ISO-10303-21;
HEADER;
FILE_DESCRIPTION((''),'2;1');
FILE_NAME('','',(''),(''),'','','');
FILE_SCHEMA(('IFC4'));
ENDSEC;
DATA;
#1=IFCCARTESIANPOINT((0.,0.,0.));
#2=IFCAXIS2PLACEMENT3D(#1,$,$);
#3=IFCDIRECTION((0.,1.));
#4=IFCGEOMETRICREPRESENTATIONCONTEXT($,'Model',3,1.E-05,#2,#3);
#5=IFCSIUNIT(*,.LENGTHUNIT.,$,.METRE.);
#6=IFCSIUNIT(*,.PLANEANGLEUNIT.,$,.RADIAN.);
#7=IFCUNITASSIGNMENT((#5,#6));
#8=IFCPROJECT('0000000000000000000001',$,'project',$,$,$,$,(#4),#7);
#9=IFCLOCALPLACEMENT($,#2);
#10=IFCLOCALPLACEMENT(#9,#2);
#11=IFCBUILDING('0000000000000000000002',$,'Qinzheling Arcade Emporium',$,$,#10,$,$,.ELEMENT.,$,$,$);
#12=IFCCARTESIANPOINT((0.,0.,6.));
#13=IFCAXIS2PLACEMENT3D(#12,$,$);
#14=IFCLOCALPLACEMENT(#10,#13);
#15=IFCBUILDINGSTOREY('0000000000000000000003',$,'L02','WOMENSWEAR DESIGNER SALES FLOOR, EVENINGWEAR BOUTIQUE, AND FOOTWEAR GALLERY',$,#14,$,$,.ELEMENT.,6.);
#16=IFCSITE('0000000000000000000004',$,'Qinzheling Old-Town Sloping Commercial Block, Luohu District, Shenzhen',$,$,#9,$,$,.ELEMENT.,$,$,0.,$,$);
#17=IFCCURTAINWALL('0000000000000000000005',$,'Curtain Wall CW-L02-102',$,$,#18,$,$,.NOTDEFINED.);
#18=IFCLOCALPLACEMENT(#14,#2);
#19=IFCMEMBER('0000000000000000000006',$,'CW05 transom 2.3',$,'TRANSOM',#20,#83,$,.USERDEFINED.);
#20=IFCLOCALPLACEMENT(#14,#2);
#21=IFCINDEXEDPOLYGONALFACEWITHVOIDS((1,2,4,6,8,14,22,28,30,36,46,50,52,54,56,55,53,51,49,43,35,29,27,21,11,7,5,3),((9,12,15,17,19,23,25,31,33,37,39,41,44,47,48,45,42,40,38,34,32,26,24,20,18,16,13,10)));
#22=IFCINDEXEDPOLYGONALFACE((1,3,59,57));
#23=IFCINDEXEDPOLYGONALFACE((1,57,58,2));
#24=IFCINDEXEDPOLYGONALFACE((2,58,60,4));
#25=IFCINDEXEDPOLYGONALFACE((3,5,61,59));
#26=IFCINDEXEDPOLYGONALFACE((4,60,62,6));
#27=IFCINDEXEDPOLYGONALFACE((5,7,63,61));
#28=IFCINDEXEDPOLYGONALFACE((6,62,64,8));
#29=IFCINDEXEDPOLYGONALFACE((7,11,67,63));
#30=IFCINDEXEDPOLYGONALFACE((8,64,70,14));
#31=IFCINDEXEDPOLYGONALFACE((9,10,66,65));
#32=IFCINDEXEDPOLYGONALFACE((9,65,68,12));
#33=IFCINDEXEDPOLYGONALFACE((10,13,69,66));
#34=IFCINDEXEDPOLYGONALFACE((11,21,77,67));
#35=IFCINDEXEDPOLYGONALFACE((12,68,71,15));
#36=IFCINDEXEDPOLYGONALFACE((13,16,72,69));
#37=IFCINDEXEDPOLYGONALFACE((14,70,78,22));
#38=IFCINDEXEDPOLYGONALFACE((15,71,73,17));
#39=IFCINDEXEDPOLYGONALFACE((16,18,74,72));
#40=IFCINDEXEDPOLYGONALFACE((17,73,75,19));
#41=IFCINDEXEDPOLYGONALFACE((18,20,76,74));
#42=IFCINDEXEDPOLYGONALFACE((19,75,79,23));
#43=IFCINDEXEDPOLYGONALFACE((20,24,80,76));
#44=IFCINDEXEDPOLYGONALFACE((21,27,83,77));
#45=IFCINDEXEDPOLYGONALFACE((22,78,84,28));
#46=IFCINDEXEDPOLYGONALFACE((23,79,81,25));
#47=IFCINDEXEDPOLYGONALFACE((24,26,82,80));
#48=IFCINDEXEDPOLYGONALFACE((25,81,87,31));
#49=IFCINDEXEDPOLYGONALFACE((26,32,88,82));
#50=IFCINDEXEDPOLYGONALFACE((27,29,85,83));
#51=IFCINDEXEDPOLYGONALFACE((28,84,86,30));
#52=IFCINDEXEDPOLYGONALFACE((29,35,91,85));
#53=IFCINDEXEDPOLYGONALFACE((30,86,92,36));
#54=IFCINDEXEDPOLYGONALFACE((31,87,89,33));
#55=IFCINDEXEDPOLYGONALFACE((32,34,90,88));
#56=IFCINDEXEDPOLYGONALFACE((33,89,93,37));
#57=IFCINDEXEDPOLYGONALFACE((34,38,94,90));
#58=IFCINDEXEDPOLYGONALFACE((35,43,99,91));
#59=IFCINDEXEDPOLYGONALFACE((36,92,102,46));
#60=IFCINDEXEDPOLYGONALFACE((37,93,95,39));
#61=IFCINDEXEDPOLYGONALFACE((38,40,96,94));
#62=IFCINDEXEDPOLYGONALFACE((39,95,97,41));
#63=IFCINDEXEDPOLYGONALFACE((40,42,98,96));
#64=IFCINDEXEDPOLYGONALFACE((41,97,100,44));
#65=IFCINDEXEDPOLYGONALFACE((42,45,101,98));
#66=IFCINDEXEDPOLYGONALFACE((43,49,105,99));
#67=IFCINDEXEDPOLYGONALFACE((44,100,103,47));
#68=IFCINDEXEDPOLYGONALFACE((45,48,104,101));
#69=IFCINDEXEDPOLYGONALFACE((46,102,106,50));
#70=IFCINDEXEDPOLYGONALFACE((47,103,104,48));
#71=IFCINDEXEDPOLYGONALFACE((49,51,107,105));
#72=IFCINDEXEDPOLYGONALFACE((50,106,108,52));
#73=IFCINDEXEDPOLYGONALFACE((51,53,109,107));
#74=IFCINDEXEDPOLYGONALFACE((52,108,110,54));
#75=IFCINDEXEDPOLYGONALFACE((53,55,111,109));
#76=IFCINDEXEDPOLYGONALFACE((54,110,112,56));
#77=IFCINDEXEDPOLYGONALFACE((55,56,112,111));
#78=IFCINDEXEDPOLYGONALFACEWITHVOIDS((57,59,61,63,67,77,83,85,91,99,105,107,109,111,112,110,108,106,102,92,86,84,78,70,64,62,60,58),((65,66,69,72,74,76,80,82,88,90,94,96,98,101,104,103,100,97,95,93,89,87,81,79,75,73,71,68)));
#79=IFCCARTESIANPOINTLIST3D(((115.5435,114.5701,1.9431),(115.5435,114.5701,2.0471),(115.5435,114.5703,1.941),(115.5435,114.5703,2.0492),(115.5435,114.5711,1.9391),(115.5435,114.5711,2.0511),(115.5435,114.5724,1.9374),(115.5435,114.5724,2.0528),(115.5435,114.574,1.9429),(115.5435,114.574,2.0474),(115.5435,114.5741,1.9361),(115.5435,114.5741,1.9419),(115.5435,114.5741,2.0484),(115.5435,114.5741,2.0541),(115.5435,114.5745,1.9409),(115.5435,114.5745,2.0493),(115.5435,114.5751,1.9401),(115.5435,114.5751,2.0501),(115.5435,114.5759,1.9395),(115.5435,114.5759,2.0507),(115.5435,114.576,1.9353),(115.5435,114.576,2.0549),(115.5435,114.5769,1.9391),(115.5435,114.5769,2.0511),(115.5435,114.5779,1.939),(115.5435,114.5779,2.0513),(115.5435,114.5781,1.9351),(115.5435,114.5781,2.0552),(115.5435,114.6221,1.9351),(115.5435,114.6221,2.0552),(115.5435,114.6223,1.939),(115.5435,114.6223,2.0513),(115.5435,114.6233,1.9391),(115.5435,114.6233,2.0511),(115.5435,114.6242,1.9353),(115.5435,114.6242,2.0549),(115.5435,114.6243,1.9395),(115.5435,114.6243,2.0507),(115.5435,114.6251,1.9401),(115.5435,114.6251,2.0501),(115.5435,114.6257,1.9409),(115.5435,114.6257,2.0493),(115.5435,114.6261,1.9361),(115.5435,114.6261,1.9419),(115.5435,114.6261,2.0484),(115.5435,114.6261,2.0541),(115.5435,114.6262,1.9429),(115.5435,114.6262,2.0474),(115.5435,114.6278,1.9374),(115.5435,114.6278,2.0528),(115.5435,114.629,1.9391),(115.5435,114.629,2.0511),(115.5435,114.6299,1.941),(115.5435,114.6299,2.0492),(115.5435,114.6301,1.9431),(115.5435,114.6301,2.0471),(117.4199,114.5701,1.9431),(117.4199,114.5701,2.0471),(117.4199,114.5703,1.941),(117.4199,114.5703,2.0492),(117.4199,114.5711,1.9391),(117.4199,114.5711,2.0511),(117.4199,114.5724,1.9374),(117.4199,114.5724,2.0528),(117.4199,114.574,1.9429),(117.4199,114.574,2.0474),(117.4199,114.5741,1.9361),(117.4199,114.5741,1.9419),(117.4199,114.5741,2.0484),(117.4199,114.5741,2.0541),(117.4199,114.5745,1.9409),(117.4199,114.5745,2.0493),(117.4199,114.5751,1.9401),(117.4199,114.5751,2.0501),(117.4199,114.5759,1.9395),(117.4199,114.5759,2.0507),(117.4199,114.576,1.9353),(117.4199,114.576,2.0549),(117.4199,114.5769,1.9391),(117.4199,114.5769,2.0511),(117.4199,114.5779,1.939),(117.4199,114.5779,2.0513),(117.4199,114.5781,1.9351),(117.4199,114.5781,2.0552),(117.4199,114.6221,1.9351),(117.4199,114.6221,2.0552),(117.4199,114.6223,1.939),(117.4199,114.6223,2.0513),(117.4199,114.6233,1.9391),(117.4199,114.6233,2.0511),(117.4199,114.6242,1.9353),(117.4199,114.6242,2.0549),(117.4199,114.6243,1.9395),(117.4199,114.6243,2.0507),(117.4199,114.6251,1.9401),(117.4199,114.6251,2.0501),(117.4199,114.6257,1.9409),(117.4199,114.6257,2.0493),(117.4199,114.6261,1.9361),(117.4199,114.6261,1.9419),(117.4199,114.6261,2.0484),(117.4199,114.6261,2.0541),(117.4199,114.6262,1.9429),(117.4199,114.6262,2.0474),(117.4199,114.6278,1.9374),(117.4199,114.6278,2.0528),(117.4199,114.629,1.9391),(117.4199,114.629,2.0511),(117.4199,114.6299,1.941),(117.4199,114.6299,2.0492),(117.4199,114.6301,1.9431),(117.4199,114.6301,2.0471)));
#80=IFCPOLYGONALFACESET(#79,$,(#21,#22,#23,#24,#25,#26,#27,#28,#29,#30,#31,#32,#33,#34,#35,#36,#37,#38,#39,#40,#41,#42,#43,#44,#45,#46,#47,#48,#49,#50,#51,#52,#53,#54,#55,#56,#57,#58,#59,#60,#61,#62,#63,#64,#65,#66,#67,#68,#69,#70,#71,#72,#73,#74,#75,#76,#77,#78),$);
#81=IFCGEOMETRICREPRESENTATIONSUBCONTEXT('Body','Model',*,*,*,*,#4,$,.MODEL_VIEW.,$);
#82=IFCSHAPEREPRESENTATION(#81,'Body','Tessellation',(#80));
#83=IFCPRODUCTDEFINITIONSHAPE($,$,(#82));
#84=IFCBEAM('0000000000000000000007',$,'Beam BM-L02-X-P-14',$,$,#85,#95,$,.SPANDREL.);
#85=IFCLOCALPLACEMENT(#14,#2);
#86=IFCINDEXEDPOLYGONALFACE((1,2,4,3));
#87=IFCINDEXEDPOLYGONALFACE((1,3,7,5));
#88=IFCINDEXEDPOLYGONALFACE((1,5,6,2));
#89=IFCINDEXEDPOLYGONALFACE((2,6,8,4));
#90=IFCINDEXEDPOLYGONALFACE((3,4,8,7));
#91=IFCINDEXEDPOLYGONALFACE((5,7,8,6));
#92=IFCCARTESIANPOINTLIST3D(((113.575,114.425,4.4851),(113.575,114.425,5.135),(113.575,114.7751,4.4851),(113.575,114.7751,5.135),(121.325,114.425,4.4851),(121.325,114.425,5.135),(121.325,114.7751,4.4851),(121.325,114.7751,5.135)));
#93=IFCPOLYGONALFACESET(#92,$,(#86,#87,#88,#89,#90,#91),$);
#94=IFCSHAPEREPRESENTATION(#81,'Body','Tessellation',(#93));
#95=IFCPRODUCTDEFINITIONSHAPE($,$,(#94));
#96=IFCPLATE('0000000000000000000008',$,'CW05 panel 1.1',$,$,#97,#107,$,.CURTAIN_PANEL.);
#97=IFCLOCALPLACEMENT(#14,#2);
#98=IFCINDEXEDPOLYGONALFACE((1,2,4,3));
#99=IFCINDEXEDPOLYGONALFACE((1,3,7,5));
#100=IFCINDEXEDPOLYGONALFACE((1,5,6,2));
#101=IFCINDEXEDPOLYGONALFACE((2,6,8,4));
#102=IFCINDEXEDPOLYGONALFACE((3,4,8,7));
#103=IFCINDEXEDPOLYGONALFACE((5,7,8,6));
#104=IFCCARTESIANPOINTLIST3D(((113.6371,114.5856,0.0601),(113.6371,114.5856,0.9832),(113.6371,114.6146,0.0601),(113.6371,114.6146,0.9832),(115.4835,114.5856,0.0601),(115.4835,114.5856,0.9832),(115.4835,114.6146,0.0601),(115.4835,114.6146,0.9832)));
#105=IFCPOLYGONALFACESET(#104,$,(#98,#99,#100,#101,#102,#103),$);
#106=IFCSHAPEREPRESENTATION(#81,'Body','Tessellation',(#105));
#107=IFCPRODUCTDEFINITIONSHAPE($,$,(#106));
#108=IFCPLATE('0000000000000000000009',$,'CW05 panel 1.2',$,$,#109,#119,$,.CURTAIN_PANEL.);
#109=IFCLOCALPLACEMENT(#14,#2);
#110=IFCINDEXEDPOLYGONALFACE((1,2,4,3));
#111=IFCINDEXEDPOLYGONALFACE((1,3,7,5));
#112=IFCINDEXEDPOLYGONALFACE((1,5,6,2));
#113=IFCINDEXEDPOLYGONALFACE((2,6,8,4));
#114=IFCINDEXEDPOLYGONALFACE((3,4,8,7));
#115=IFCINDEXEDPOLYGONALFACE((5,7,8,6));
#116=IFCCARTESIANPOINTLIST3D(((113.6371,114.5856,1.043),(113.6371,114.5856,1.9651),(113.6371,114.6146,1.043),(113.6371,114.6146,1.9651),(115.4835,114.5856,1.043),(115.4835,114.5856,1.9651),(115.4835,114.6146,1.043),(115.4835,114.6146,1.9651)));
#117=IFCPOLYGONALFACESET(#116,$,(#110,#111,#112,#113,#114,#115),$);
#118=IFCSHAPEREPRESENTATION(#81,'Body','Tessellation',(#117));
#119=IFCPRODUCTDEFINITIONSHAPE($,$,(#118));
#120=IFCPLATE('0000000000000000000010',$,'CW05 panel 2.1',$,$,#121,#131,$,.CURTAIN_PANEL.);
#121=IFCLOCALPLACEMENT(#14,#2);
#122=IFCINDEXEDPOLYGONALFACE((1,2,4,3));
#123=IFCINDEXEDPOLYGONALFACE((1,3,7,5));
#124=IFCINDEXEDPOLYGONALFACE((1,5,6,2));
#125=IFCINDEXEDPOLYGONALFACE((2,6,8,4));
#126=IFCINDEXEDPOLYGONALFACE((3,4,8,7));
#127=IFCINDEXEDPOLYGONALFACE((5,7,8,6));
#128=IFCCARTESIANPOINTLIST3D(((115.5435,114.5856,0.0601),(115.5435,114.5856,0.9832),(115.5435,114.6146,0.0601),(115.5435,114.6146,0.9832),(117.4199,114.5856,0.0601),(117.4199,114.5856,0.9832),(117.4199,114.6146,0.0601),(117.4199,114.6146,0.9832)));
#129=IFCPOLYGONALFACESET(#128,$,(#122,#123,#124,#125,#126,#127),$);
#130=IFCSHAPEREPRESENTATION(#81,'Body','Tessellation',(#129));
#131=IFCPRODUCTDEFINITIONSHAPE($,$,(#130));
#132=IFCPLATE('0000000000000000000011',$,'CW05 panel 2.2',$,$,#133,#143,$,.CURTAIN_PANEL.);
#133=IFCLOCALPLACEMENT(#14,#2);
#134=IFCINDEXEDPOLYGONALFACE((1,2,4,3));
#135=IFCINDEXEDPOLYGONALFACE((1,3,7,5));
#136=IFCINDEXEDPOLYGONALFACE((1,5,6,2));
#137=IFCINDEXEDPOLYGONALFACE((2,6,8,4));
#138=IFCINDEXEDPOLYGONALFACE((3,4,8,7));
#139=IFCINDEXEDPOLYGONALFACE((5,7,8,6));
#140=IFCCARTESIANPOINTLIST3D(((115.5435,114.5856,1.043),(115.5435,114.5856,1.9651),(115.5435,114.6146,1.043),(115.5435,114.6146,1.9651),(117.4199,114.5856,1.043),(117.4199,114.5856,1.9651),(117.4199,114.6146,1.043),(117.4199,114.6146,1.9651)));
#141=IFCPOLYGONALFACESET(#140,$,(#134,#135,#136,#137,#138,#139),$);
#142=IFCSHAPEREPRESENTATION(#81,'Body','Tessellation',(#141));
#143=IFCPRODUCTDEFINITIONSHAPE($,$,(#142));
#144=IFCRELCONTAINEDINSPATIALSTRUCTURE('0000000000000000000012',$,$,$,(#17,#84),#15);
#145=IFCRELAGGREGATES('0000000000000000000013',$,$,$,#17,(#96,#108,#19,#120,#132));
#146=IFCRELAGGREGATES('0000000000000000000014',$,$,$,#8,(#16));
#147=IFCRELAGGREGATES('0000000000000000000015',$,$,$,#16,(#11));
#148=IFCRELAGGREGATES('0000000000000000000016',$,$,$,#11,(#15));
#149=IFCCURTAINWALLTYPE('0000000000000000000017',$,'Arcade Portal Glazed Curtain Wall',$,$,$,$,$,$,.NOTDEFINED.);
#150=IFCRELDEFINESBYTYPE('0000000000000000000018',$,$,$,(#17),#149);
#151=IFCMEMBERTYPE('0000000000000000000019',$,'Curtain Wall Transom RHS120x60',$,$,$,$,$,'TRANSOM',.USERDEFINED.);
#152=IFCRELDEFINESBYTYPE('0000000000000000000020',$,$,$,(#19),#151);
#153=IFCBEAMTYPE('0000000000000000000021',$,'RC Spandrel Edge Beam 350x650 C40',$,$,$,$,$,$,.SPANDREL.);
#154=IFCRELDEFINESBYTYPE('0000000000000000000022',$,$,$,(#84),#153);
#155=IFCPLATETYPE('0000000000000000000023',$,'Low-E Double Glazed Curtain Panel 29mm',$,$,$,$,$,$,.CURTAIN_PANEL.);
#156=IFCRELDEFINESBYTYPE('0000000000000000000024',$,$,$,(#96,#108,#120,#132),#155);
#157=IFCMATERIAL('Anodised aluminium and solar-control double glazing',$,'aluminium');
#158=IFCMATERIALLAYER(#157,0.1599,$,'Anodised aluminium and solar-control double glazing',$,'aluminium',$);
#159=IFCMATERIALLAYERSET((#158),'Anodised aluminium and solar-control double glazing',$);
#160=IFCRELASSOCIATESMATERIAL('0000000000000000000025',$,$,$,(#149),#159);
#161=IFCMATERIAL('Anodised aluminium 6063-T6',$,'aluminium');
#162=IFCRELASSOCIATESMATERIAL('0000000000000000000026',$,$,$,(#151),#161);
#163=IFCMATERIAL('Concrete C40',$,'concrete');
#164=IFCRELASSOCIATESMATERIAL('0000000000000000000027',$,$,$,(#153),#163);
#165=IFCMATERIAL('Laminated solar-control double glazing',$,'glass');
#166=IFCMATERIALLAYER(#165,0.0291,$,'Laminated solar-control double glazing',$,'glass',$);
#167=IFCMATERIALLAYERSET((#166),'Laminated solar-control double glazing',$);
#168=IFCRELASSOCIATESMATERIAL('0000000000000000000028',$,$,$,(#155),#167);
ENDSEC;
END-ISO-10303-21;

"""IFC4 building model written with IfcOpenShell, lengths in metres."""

from ifc_helpers import new_model, si_unit, direction, frame, origin, origin_2d, place, context, subcontext, project, spatial, rectangle, hollow_rectangle, extrude, material, layer, layer_set, material_profile, profile_set, type_object, element, aggregate, save


model = new_model("IFC4")

# Units and contexts
model_context = context("Model", 3, precision=1e-05, world=origin(), true_north=direction((0.0, 1.0)))
body_context = subcontext(model_context, "Body", "Model", "MODEL_VIEW")
ifc_project = project(units=[si_unit("LENGTHUNIT", "METRE"), si_unit("PLANEANGLEUNIT", "RADIAN")], contexts=[model_context])

# Site, building, storey
site_placement = place(None, origin())
site = spatial("IfcSite", under=ifc_project, at=site_placement, Name="Qinzheling Old-Town Sloping Commercial Block, Luohu District, Shenzhen", CompositionType="ELEMENT", RefElevation=0.0)
building_placement = place(site_placement, origin())
building = spatial("IfcBuilding", under=site, at=building_placement, Name="Qinzheling Arcade Emporium", CompositionType="ELEMENT")
storey_placement = place(building_placement, frame((0.0, 0.0, 6.0)))
storey = spatial("IfcBuildingStorey", under=building, at=storey_placement, Name="L02", Description="WOMENSWEAR DESIGNER SALES FLOOR, EVENINGWEAR BOUTIQUE, AND FOOTWEAR GALLERY", CompositionType="ELEMENT", Elevation=6.0)

# Curtain wall, member
ifc_material_1 = material(Name="Anodised aluminium and solar-control double glazing", Category="aluminium")
ifc_layer_1 = layer(ifc_material_1, 0.1599, Name="Anodised aluminium and solar-control double glazing", Category="aluminium")
ifc_layer_set_1 = layer_set([ifc_layer_1], Name="Anodised aluminium and solar-control double glazing")
curtain_wall_type = type_object("IfcCurtainWallType", Name="Arcade Portal Glazed Curtain Wall", PredefinedType="NOTDEFINED", material=ifc_layer_set_1)
curtain_wall_placement = place(storey_placement, origin())
curtain_wall = element("IfcCurtainWall", 1, at=curtain_wall_placement, inside=storey, type_object=curtain_wall_type, Name="Curtain Wall CW-L02-102", PredefinedType="NOTDEFINED")
ifc_material_2 = material(Name="Anodised aluminium 6063-T6", Category="aluminium")
ifc_material_profile_1 = material_profile(ifc_material_2, hollow_rectangle(XDim=0.0601, YDim=0.1201, WallThickness=0.0039, InnerFilletRadius=0.0039, OuterFilletRadius=0.0081, at=origin_2d()), Name="RHS 120x60x4", Category="aluminium")
ifc_profile_set_1 = profile_set([ifc_material_profile_1], Name="Anodised aluminium 6063-T6")
member_type_1 = type_object("IfcMemberType", Name="Curtain Wall Transom RHS120x60", ElementType="TRANSOM", PredefinedType="USERDEFINED", material=ifc_profile_set_1)
member_1_placement = place(storey_placement, frame((115.5435, 114.6001, 1.9951), z_axis=(1.0, 0.0, 0.0), x_axis=(0.0, 1.0, 0.0)))
member_1 = element("IfcMember", 2, at=member_1_placement, type_object=member_type_1, Name="CW05 transom 2.3", ObjectType="TRANSOM", PredefinedType="USERDEFINED", context=body_context, shape_type="SweptSolid", body=[
    extrude(hollow_rectangle(XDim=0.0601, YDim=0.1201, WallThickness=0.0039, InnerFilletRadius=0.0039, OuterFilletRadius=0.0081, at=origin_2d()), origin(), (0.0, 0.0, 1.0), 1.8765),
])

# Beam
ifc_material_3 = material(Name="Concrete C40", Category="concrete")
ifc_material_profile_2 = material_profile(ifc_material_3, rectangle(XDim=0.3501, YDim=0.6499, at=origin_2d()), Name="RC 350x650", Category="concrete")
ifc_profile_set_2 = profile_set([ifc_material_profile_2], Name="Concrete C40")
beam_type_1 = type_object("IfcBeamType", Name="RC Spandrel Edge Beam 350x650 C40", PredefinedType="SPANDREL", material=ifc_profile_set_2)
beam_1_placement = place(storey_placement, frame((113.575, 114.6001, 4.8101), z_axis=(1.0, 0.0, 0.0), x_axis=(0.0, 1.0, 0.0)))
element("IfcBeam", 3, at=beam_1_placement, inside=storey, type_object=beam_type_1, Name="Beam BM-L02-X-P-14", PredefinedType="SPANDREL", context=body_context, shape_type="SweptSolid", body=[
    extrude(rectangle(XDim=0.3501, YDim=0.6499, at=origin_2d()), origin(), (0.0, 0.0, 1.0), 7.75),
])

# Plates
ifc_material_4 = material(Name="Laminated solar-control double glazing", Category="glass")
ifc_layer_2 = layer(ifc_material_4, 0.0291, Name="Laminated solar-control double glazing", Category="glass")
ifc_layer_set_2 = layer_set([ifc_layer_2], Name="Laminated solar-control double glazing")
plate_type = type_object("IfcPlateType", Name="Low-E Double Glazed Curtain Panel 29mm", PredefinedType="CURTAIN_PANEL", material=ifc_layer_set_2)
plate_1_placement = place(storey_placement, frame((114.5603, 114.6001, 0.0601), z_axis=(0.0, 0.0, 1.0), x_axis=(1.0, 0.0, 0.0)))
plate_1 = element("IfcPlate", 4, at=plate_1_placement, type_object=plate_type, Name="CW05 panel 1.1", PredefinedType="CURTAIN_PANEL", context=body_context, shape_type="SweptSolid", body=[
    extrude(rectangle(XDim=1.8464, YDim=0.0291, at=origin_2d()), origin(), (0.0, 0.0, 1.0), 0.9231),
])
plate_2_placement = place(storey_placement, frame((114.5603, 114.6001, 1.043), z_axis=(0.0, 0.0, 1.0), x_axis=(1.0, 0.0, 0.0)))
plate_2 = element("IfcPlate", 5, at=plate_2_placement, type_object=plate_type, Name="CW05 panel 1.2", PredefinedType="CURTAIN_PANEL", context=body_context, shape_type="SweptSolid", body=[
    extrude(rectangle(XDim=1.8464, YDim=0.0291, at=origin_2d()), origin(), (0.0, 0.0, 1.0), 0.9221),
])
plate_3_placement = place(storey_placement, frame((116.4817, 114.6001, 0.0601), z_axis=(0.0, 0.0, 1.0), x_axis=(1.0, 0.0, 0.0)))
plate_3 = element("IfcPlate", 6, at=plate_3_placement, type_object=plate_type, Name="CW05 panel 2.1", PredefinedType="CURTAIN_PANEL", context=body_context, shape_type="SweptSolid", body=[
    extrude(rectangle(XDim=1.8765, YDim=0.0291, at=origin_2d()), origin(), (0.0, 0.0, 1.0), 0.9231),
])
plate_4_placement = place(storey_placement, frame((116.4817, 114.6001, 1.043), z_axis=(0.0, 0.0, 1.0), x_axis=(1.0, 0.0, 0.0)))
plate_4 = element("IfcPlate", 7, at=plate_4_placement, type_object=plate_type, Name="CW05 panel 2.2", PredefinedType="CURTAIN_PANEL", context=body_context, shape_type="SweptSolid", body=[
    extrude(rectangle(XDim=1.8765, YDim=0.0291, at=origin_2d()), origin(), (0.0, 0.0, 1.0), 0.9221),
])
aggregate(curtain_wall, [plate_1, plate_2, member_1, plate_3, plate_4])

save(model, "model.ifc")
